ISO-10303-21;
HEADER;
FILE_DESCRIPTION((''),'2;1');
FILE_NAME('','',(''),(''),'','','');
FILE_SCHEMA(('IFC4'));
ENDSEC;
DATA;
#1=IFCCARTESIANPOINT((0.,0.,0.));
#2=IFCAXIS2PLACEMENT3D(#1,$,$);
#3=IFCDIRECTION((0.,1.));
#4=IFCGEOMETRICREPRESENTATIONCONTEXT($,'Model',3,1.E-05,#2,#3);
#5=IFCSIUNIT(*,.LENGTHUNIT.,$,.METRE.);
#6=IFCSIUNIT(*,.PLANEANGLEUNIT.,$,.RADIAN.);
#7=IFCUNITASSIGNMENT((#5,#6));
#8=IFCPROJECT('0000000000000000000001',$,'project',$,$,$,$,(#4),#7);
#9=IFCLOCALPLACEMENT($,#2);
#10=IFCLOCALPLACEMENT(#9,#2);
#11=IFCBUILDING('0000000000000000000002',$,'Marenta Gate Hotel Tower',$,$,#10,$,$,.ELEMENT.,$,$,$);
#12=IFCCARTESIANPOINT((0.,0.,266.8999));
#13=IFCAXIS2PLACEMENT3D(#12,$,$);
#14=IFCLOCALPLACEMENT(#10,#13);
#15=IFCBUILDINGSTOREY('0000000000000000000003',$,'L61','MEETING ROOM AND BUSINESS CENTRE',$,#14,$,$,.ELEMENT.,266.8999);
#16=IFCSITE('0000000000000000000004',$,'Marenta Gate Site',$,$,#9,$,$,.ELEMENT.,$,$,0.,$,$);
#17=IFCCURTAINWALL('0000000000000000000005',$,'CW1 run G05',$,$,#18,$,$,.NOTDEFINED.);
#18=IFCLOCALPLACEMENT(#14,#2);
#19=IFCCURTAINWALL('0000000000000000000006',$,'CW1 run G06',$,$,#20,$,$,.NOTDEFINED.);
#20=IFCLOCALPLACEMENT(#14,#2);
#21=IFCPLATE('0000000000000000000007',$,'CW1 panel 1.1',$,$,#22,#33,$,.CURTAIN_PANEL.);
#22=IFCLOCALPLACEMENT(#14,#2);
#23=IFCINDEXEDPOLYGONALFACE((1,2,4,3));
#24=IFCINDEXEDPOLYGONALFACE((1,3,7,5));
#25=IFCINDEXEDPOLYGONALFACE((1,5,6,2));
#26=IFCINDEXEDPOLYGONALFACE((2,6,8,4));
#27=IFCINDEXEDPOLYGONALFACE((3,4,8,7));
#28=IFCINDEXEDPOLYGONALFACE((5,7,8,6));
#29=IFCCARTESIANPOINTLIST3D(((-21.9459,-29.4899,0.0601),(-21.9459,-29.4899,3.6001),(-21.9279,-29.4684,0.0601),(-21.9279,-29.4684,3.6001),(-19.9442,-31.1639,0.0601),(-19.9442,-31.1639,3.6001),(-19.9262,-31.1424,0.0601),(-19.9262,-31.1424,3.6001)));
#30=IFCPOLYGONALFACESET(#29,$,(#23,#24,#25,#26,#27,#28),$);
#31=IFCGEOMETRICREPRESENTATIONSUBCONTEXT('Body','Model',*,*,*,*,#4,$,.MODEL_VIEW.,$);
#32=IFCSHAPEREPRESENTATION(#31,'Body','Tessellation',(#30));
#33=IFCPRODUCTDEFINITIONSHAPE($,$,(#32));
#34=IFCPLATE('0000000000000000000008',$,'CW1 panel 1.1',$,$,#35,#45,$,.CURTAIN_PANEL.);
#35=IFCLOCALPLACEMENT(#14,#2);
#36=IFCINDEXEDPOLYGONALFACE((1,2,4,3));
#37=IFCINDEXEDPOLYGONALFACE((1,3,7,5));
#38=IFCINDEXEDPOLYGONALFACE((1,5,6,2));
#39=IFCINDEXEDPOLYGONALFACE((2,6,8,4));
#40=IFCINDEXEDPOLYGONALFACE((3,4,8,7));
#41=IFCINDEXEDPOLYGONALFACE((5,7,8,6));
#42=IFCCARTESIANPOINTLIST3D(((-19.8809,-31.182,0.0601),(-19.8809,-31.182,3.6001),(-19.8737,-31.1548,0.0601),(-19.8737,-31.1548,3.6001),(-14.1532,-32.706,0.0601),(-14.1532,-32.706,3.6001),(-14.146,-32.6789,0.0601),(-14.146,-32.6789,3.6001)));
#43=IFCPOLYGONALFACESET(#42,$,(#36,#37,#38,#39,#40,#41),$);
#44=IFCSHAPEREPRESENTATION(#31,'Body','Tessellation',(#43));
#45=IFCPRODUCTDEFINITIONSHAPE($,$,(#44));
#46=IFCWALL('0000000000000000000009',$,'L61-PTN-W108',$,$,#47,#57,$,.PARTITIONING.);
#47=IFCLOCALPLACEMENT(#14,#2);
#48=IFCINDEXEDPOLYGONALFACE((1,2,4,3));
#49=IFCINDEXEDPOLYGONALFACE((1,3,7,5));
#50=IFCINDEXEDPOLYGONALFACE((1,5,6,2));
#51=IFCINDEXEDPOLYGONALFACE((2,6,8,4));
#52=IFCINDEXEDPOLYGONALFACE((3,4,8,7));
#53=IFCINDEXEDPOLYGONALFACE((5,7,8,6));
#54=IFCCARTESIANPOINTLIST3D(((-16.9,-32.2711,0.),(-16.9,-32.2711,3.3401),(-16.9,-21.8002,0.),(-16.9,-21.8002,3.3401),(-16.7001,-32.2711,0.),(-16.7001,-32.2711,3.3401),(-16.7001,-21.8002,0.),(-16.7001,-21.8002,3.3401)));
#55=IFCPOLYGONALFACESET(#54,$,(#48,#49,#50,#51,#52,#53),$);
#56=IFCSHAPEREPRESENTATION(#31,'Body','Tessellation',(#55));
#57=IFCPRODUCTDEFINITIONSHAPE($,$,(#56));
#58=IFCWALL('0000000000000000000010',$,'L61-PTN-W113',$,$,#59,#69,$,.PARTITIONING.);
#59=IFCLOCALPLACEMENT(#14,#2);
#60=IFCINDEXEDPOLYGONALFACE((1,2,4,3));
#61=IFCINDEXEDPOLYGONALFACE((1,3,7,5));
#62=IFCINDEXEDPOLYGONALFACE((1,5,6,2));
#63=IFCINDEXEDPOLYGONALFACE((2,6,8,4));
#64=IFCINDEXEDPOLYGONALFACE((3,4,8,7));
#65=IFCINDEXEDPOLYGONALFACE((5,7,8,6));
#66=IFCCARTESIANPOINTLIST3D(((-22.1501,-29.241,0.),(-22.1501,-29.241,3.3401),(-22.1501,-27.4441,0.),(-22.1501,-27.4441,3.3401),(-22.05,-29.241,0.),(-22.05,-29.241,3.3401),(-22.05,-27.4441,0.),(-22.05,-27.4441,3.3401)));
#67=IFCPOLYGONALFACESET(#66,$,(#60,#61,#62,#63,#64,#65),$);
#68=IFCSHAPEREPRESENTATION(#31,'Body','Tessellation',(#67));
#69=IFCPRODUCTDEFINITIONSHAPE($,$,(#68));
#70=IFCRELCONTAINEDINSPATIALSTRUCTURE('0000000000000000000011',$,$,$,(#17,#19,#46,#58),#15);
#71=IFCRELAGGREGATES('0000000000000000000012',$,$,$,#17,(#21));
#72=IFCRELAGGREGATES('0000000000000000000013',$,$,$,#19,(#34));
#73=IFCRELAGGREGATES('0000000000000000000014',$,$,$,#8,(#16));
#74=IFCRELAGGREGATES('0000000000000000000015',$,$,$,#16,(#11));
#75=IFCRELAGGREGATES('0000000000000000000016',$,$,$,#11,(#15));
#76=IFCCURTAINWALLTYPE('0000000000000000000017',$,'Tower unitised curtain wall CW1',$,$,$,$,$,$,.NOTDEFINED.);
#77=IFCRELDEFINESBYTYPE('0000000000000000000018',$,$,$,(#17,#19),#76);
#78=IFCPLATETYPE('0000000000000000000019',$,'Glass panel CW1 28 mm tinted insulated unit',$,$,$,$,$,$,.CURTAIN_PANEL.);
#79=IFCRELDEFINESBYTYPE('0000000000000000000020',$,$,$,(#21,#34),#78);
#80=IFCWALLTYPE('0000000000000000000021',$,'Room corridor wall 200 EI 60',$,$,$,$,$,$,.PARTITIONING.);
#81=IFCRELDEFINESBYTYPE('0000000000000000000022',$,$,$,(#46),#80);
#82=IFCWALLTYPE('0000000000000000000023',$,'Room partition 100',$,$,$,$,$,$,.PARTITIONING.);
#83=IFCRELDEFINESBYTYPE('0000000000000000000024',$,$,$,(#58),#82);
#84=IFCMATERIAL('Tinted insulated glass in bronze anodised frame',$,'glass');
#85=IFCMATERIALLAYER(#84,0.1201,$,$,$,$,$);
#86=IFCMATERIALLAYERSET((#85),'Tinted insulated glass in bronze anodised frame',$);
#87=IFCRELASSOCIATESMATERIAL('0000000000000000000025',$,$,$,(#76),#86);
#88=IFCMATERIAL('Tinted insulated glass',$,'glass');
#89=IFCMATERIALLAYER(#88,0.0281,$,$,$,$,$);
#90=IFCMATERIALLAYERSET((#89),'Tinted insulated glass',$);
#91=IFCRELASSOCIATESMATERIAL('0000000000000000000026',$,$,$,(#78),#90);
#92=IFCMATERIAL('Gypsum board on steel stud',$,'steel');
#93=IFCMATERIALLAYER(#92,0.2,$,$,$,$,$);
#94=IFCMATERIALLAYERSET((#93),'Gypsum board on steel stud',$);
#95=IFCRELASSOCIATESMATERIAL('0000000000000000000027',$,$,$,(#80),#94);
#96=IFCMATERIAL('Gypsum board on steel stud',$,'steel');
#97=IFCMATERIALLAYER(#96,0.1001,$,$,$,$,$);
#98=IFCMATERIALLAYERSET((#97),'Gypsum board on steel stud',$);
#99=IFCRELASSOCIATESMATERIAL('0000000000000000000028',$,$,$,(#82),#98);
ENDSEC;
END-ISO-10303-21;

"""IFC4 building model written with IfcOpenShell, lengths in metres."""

from ifc_helpers import new_model, si_unit, direction, frame, frame_2d, origin, origin_2d, place, context, subcontext, project, spatial, rectangle, extrude, material, layer, layer_set, type_object, element, aggregate, save


model = new_model("IFC4")

# Units and contexts
model_context = context("Model", 3, precision=1e-05, world=origin(), true_north=direction((0.0, 1.0)))
body_context = subcontext(model_context, "Body", "Model", "MODEL_VIEW")
ifc_project = project(units=[si_unit("LENGTHUNIT", "METRE"), si_unit("PLANEANGLEUNIT", "RADIAN")], contexts=[model_context])

# Site, building, storey
site_placement = place(None, origin())
site = spatial("IfcSite", under=ifc_project, at=site_placement, Name="Marenta Gate Site", CompositionType="ELEMENT", RefElevation=0.0)
building_placement = place(site_placement, origin())
building = spatial("IfcBuilding", under=site, at=building_placement, Name="Marenta Gate Hotel Tower", CompositionType="ELEMENT")
storey_placement = place(building_placement, frame((0.0, 0.0, 266.8999)))
storey = spatial("IfcBuildingStorey", under=building, at=storey_placement, Name="L61", Description="MEETING ROOM AND BUSINESS CENTRE", CompositionType="ELEMENT", Elevation=266.8999)

# Curtain walls
ifc_material_1 = material(Name="Tinted insulated glass in bronze anodised frame", Category="glass")
ifc_layer_1 = layer(ifc_material_1, 0.1201)
ifc_layer_set_1 = layer_set([ifc_layer_1], Name="Tinted insulated glass in bronze anodised frame")
curtain_wall_type = type_object("IfcCurtainWallType", Name="Tower unitised curtain wall CW1", PredefinedType="NOTDEFINED", material=ifc_layer_set_1)
curtain_wall_1_placement = place(storey_placement, origin())
curtain_wall_1 = element("IfcCurtainWall", 1, at=curtain_wall_1_placement, inside=storey, type_object=curtain_wall_type, Name="CW1 run G05", PredefinedType="NOTDEFINED")
curtain_wall_2_placement = place(storey_placement, origin())
curtain_wall_2 = element("IfcCurtainWall", 2, at=curtain_wall_2_placement, inside=storey, type_object=curtain_wall_type, Name="CW1 run G06", PredefinedType="NOTDEFINED")

# Plates
ifc_material_2 = material(Name="Tinted insulated glass", Category="glass")
ifc_layer_2 = layer(ifc_material_2, 0.0281)
ifc_layer_set_2 = layer_set([ifc_layer_2], Name="Tinted insulated glass")
plate_type = type_object("IfcPlateType", Name="Glass panel CW1 28 mm tinted insulated unit", PredefinedType="CURTAIN_PANEL", material=ifc_layer_set_2)
plate_1_placement = place(storey_placement, frame((-20.936, -30.3162, 0.0601), z_axis=(0.0, 0.0, 1.0), x_axis=(0.767102, -0.641525, 0.0)))
plate_1 = element("IfcPlate", 3, at=plate_1_placement, type_object=plate_type, Name="CW1 panel 1.1", PredefinedType="CURTAIN_PANEL", context=body_context, shape_type="SweptSolid", body=[
    extrude(rectangle(XDim=2.6094, YDim=0.0281, at=origin_2d()), origin(), (0.0, 0.0, 1.0), 3.54),
])
aggregate(curtain_wall_1, [plate_1])
plate_2_placement = place(storey_placement, frame((-17.0134, -31.9304, 0.0601), z_axis=(0.0, 0.0, 1.0), x_axis=(0.966376, -0.257134, 0.0)))
plate_2 = element("IfcPlate", 4, at=plate_2_placement, type_object=plate_type, Name="CW1 panel 1.1", PredefinedType="CURTAIN_PANEL", context=body_context, shape_type="SweptSolid", body=[
    extrude(rectangle(XDim=5.927, YDim=0.0281, at=origin_2d()), origin(), (0.0, 0.0, 1.0), 3.54),
])
aggregate(curtain_wall_2, [plate_2])

# Wall
ifc_material_3 = material(Name="Gypsum board on steel stud", Category="steel")
ifc_layer_3 = layer(ifc_material_3, 0.2)
ifc_layer_set_3 = layer_set([ifc_layer_3], Name="Gypsum board on steel stud")
wall_type_1 = type_object("IfcWallType", Name="Room corridor wall 200 EI 60", PredefinedType="PARTITIONING", material=ifc_layer_set_3)
wall_1_placement = place(storey_placement, frame((-16.8, -32.271, 0.0), z_axis=(0.0, 0.0, 1.0), x_axis=(0.0, 1.0, 0.0)))
element("IfcWall", 5, at=wall_1_placement, inside=storey, type_object=wall_type_1, Name="L61-PTN-W108", PredefinedType="PARTITIONING", context=body_context, shape_type="SweptSolid", body=[
    extrude(rectangle(XDim=10.4709, YDim=0.2, at=frame_2d((5.2354, 0.0))), origin(), (0.0, 0.0, 1.0), 3.3401),
])

# Wall
ifc_material_4 = material(Name="Gypsum board on steel stud", Category="steel")
ifc_layer_4 = layer(ifc_material_4, 0.1001)
ifc_layer_set_4 = layer_set([ifc_layer_4], Name="Gypsum board on steel stud")
wall_type_2 = type_object("IfcWallType", Name="Room partition 100", PredefinedType="PARTITIONING", material=ifc_layer_set_4)
wall_2_placement = place(storey_placement, frame((-22.1001, -29.241, 0.0), z_axis=(0.0, 0.0, 1.0), x_axis=(0.0, 1.0, 0.0)))
element("IfcWall", 6, at=wall_2_placement, inside=storey, type_object=wall_type_2, Name="L61-PTN-W113", PredefinedType="PARTITIONING", context=body_context, shape_type="SweptSolid", body=[
    extrude(rectangle(XDim=1.7969, YDim=0.1001, at=frame_2d((0.8984, 0.0))), origin(), (0.0, 0.0, 1.0), 3.3401),
])

save(model, "model.ifc")
